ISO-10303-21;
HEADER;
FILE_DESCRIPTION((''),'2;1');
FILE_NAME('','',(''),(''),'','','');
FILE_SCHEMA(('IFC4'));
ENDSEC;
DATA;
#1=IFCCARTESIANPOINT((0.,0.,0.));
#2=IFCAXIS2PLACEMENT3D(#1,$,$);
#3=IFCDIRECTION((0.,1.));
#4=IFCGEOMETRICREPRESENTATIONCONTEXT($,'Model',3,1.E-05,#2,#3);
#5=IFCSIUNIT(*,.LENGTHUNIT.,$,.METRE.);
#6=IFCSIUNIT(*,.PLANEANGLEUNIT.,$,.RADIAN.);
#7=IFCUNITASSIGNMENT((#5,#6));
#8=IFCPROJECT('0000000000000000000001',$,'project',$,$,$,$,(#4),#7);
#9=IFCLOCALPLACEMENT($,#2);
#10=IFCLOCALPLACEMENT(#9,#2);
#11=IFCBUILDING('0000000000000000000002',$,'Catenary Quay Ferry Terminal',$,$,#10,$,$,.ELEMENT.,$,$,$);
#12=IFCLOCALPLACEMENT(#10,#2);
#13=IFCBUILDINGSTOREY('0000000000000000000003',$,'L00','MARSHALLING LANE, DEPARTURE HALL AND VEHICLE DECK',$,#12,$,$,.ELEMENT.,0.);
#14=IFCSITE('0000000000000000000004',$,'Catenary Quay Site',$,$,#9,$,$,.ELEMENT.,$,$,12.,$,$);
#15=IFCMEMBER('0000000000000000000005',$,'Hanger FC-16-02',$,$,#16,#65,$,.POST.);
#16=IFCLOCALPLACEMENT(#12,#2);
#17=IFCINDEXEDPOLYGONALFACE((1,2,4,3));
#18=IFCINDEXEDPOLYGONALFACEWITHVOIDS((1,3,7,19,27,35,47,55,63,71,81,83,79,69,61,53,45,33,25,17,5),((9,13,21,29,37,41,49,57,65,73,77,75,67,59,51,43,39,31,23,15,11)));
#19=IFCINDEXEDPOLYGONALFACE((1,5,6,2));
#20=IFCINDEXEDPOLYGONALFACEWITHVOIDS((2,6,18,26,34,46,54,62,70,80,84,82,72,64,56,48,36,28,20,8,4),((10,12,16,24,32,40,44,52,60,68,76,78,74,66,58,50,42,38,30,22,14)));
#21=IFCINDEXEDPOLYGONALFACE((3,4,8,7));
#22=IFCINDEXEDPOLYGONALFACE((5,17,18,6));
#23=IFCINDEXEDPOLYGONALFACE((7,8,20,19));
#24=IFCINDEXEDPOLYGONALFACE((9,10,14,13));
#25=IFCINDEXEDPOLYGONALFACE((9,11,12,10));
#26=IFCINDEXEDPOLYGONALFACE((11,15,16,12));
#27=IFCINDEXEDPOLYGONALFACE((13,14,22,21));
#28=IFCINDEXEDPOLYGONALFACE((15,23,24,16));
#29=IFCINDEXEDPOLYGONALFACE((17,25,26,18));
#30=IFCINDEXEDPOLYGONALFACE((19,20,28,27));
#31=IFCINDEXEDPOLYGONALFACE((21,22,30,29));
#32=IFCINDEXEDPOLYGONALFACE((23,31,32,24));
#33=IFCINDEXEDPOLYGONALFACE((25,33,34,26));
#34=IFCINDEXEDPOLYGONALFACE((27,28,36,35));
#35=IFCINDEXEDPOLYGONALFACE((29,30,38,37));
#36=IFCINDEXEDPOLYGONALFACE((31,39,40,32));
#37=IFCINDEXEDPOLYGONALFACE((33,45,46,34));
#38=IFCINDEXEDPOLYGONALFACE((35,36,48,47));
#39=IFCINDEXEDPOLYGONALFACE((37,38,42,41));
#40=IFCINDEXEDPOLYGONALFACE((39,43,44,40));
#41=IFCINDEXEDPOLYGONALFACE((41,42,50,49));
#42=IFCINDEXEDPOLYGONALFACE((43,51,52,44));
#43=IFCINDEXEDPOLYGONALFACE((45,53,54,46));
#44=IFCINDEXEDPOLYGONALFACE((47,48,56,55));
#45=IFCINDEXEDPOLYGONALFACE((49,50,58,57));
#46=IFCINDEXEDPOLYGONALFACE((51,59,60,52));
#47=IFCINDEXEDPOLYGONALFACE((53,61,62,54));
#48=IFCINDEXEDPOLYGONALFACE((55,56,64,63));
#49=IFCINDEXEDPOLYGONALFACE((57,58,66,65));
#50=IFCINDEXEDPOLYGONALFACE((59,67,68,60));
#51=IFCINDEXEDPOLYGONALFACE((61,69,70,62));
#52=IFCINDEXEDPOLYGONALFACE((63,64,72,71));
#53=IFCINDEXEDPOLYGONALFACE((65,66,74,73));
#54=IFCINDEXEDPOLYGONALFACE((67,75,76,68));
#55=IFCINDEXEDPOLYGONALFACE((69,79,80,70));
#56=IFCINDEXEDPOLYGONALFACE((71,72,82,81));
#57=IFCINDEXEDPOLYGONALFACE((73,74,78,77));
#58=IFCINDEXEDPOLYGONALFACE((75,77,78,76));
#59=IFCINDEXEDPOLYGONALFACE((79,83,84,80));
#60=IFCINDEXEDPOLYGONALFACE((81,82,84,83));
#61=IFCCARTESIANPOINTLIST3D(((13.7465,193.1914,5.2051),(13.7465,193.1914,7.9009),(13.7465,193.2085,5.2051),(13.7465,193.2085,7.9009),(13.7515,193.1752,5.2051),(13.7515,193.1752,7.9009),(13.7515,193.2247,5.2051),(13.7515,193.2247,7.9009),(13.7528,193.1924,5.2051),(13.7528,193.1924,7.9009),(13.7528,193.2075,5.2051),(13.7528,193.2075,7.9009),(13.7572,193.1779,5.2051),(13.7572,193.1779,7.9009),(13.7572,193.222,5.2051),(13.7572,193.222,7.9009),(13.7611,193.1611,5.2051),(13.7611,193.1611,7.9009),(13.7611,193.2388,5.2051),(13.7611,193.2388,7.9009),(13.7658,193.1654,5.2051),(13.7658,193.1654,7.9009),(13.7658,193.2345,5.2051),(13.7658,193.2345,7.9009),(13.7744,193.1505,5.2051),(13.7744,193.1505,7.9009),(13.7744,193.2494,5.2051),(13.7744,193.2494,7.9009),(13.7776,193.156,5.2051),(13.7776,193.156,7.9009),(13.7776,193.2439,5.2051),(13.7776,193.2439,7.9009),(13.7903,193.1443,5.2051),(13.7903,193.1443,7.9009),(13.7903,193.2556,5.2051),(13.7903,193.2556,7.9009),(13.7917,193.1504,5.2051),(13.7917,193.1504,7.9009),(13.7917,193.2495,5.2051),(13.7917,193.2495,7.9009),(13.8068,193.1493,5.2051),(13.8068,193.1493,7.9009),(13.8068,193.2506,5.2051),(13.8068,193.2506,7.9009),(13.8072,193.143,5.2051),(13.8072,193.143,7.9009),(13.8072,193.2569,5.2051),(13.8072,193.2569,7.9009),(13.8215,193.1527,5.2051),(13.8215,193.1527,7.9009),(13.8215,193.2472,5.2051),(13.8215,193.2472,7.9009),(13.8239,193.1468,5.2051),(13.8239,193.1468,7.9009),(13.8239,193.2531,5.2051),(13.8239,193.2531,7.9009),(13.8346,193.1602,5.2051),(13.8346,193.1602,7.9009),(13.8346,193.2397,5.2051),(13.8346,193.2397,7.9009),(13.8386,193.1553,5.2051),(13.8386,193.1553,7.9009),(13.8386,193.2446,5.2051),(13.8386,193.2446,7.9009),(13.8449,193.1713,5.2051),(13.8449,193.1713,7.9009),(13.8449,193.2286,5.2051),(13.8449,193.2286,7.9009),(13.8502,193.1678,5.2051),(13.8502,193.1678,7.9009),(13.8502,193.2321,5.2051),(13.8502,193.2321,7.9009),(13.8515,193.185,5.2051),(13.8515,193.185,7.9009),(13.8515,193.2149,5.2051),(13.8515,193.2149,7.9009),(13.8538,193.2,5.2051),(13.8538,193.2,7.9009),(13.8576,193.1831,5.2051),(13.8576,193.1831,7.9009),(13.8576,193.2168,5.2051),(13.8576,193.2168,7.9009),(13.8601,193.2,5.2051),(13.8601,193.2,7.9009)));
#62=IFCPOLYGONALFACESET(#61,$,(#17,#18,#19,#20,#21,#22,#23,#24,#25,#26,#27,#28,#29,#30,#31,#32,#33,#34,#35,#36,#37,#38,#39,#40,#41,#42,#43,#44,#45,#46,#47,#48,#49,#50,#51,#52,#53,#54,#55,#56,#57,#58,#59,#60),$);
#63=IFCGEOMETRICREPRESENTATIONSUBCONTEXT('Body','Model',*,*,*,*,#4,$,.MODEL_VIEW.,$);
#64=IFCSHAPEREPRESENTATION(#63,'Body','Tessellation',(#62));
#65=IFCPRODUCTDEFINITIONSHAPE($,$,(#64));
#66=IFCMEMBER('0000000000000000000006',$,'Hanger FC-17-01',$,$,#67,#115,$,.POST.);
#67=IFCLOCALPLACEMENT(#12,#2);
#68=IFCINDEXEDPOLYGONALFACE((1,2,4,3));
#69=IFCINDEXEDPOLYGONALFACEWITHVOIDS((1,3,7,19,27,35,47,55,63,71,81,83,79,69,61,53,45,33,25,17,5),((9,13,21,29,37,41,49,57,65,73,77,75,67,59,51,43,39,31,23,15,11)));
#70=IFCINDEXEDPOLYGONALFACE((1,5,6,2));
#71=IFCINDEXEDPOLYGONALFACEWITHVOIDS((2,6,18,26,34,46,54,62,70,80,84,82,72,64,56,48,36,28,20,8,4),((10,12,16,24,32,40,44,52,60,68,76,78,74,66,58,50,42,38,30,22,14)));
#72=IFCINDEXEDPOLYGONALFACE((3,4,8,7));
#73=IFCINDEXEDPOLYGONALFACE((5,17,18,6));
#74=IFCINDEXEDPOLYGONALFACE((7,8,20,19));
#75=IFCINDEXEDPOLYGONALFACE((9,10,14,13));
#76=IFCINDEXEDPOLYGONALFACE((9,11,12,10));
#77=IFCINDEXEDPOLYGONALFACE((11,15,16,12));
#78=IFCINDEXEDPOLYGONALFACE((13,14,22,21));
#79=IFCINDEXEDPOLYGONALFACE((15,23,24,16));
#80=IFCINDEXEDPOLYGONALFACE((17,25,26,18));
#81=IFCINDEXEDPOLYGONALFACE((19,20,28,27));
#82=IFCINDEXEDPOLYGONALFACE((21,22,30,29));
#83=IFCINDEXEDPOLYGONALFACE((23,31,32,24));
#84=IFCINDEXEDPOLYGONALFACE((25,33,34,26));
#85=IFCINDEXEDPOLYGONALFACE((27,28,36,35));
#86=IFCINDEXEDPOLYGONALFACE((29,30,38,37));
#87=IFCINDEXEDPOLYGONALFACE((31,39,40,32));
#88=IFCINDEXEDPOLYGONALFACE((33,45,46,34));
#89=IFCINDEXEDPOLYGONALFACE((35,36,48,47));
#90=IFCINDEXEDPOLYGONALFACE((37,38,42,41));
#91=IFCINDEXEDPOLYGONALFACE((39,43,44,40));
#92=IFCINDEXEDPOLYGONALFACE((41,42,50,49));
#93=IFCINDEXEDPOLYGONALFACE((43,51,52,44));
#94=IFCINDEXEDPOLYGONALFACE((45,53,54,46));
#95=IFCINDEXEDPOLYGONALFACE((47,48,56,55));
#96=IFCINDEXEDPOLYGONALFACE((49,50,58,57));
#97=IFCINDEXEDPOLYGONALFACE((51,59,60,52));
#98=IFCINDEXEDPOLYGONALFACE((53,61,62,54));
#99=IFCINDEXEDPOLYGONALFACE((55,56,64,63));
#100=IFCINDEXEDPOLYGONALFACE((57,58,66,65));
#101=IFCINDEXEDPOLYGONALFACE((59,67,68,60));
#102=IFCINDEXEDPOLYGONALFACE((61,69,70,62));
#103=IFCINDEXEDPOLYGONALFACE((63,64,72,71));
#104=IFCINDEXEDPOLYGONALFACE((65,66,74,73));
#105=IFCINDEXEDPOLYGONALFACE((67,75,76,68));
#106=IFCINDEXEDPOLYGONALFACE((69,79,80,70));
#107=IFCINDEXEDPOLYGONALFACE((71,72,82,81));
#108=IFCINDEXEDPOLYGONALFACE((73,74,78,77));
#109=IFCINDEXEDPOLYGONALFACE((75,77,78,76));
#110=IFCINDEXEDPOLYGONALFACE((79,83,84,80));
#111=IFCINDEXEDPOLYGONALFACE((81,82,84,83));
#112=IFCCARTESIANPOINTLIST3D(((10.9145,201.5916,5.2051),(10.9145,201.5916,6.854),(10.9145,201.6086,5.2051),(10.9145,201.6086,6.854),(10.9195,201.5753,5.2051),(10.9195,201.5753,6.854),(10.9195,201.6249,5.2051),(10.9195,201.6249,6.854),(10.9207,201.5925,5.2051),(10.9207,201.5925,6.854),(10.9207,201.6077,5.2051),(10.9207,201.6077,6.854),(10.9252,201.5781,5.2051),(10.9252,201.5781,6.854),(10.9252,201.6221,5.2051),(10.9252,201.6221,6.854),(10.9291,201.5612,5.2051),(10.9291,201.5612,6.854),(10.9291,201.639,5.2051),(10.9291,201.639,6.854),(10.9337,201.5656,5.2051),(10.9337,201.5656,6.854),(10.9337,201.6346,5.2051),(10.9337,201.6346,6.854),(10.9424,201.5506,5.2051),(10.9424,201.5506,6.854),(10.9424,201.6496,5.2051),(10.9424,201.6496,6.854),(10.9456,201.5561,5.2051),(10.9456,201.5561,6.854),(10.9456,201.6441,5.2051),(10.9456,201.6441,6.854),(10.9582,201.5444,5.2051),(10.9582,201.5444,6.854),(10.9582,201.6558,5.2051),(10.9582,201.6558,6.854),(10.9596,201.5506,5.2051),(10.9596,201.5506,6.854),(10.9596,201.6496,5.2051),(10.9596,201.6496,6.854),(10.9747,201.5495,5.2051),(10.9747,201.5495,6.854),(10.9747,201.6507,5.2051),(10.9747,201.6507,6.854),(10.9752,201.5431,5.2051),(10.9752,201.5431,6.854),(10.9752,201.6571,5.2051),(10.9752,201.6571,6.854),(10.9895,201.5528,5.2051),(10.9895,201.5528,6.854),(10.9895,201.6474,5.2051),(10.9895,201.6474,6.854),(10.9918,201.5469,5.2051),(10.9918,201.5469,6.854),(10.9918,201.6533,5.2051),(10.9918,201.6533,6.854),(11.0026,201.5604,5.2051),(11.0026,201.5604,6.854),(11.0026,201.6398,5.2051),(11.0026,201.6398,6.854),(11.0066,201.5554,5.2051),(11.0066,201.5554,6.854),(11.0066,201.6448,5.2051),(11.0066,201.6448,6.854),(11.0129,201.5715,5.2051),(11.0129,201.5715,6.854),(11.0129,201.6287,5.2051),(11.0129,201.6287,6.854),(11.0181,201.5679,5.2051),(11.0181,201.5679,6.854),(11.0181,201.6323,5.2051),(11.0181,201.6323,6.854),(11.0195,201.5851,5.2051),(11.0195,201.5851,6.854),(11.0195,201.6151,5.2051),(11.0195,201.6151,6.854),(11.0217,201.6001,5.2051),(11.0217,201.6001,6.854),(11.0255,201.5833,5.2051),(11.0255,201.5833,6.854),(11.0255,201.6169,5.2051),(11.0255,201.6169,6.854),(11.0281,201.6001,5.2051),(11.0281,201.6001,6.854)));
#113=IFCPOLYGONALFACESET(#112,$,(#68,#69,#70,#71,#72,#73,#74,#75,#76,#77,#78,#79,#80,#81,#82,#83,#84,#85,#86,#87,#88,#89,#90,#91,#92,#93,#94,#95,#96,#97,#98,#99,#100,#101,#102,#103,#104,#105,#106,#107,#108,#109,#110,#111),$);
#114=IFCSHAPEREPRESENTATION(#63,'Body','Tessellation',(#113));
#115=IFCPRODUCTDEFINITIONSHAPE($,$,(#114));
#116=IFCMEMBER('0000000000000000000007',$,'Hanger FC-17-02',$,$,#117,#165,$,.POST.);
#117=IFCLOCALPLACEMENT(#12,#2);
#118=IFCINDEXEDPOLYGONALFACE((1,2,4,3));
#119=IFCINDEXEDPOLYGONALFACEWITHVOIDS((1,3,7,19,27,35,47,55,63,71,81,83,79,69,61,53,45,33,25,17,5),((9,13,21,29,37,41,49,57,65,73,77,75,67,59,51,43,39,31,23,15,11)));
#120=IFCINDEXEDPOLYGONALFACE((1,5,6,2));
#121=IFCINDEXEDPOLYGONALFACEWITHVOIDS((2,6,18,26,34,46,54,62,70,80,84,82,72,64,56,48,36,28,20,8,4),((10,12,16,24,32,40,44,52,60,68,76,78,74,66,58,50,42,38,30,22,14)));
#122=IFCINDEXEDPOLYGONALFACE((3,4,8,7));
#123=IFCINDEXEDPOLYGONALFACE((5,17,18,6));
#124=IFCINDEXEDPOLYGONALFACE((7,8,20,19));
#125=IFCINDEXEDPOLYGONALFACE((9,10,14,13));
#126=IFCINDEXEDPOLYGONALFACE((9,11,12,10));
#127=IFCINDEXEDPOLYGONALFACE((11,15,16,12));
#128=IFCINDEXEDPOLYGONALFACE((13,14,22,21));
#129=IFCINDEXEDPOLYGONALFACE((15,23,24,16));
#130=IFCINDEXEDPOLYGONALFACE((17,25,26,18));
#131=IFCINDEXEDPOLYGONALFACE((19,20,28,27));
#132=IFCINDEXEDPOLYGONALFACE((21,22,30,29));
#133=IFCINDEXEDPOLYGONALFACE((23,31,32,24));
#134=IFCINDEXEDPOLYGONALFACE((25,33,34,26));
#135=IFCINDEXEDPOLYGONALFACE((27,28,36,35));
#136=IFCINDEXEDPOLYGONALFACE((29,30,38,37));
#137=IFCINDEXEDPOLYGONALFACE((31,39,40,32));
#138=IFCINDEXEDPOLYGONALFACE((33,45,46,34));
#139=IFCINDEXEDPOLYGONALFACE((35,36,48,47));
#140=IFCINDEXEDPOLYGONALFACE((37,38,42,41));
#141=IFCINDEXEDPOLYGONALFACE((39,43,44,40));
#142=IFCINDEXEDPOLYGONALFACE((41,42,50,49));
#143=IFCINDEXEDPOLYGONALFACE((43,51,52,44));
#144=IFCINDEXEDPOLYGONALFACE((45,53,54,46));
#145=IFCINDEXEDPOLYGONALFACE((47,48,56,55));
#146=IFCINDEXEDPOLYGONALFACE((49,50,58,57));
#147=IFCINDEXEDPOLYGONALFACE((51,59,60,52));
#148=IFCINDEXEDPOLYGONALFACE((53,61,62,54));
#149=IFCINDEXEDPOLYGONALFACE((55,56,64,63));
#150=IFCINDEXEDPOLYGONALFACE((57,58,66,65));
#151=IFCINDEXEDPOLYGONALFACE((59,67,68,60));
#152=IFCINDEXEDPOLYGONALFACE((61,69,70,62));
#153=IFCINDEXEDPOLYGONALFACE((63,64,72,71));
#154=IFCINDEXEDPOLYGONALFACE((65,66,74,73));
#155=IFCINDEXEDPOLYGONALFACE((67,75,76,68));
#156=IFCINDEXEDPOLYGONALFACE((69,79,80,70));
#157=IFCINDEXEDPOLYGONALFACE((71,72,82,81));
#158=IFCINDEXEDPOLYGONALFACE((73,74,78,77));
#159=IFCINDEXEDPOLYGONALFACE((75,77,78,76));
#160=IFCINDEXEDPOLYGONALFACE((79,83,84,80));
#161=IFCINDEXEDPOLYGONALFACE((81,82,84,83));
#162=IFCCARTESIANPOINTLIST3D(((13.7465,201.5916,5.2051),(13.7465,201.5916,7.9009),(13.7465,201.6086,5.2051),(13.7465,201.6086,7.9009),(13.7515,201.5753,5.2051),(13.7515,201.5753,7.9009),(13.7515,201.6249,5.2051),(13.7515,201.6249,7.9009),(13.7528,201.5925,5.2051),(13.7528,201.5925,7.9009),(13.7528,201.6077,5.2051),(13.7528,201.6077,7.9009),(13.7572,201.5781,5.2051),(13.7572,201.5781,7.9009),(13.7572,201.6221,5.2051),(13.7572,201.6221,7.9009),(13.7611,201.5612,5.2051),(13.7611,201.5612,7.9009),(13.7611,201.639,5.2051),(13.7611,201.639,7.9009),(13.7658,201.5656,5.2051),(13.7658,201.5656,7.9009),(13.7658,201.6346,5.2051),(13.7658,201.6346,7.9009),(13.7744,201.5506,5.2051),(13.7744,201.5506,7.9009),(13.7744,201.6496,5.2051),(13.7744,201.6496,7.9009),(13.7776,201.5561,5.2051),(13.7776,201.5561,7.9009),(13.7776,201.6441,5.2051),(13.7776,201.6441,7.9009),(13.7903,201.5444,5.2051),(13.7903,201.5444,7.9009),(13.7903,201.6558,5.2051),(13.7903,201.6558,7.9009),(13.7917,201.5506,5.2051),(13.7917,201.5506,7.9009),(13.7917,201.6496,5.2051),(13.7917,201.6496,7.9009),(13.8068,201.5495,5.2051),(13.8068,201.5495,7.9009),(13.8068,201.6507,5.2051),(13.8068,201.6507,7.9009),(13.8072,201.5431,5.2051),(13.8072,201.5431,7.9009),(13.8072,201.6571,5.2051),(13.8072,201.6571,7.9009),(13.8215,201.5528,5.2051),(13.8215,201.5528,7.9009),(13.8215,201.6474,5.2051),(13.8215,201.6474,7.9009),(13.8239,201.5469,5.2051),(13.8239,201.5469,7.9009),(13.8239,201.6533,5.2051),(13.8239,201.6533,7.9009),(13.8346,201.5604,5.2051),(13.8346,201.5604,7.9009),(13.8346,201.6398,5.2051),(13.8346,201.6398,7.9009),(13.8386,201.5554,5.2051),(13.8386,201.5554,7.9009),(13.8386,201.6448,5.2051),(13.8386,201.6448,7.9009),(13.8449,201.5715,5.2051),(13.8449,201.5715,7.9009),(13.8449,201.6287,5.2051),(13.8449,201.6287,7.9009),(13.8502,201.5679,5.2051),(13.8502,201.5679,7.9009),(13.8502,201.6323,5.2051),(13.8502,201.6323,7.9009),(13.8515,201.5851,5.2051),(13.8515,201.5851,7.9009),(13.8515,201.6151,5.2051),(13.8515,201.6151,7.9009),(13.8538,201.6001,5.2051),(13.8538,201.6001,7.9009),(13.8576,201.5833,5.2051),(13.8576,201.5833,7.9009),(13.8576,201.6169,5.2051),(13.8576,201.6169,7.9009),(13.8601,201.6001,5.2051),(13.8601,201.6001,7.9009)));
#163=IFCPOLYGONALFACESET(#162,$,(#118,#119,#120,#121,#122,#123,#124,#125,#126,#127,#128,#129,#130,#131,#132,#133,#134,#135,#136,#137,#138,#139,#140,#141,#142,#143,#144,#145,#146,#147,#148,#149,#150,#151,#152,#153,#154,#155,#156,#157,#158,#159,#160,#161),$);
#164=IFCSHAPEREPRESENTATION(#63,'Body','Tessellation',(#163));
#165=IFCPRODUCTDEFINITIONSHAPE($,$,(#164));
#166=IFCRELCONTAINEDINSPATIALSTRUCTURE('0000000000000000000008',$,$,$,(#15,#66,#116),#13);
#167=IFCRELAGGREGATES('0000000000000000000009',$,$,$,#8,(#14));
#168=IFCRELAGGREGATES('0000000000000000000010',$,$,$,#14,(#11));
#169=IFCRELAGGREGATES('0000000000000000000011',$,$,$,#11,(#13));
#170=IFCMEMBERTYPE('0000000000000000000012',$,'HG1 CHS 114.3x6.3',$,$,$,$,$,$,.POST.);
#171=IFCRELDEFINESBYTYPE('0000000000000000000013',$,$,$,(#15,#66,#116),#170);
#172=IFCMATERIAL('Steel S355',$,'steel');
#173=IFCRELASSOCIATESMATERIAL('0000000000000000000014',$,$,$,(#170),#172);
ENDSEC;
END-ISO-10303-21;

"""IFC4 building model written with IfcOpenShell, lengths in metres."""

from ifc_helpers import new_model, si_unit, direction, frame, origin, origin_2d, place, context, subcontext, project, spatial, hollow_circle, extrude, material, material_profile, profile_set, type_object, element, save


model = new_model("IFC4")

# Units and contexts
model_context = context("Model", 3, precision=1e-05, world=origin(), true_north=direction((0.0, 1.0)))
body_context = subcontext(model_context, "Body", "Model", "MODEL_VIEW")
ifc_project = project(units=[si_unit("LENGTHUNIT", "METRE"), si_unit("PLANEANGLEUNIT", "RADIAN")], contexts=[model_context])

# Site, building, storey
site_placement = place(None, origin())
site = spatial("IfcSite", under=ifc_project, at=site_placement, Name="Catenary Quay Site", CompositionType="ELEMENT", RefElevation=12.0)
building_placement = place(site_placement, origin())
building = spatial("IfcBuilding", under=site, at=building_placement, Name="Catenary Quay Ferry Terminal", CompositionType="ELEMENT")
storey_placement = place(building_placement, origin())
storey = spatial("IfcBuildingStorey", under=building, at=storey_placement, Name="L00", Description="MARSHALLING LANE, DEPARTURE HALL AND VEHICLE DECK", CompositionType="ELEMENT", Elevation=0.0)

# Members
ifc_material_1 = material(Name="Steel S355", Category="steel")
ifc_material_profile_1 = material_profile(ifc_material_1, hollow_circle(Radius=0.0571, WallThickness=0.0063, at=origin_2d()), Name="CHS 114.3x6.3")
ifc_profile_set_1 = profile_set([ifc_material_profile_1], Name="Steel S355")
member_type_1 = type_object("IfcMemberType", Name="HG1 CHS 114.3x6.3", PredefinedType="POST", material=ifc_profile_set_1)
member_1_placement = place(storey_placement, frame((13.803, 193.2, 5.2051), z_axis=(0.0, 0.0, 1.0), x_axis=(1.0, 0.0, 0.0)))
element("IfcMember", 1, at=member_1_placement, inside=storey, type_object=member_type_1, Name="Hanger FC-16-02", PredefinedType="POST", context=body_context, shape_type="SweptSolid", body=[
    extrude(hollow_circle(Radius=0.0571, WallThickness=0.0063, at=origin_2d()), origin(), (0.0, 0.0, 1.0), 2.6958),
])
member_2_placement = place(storey_placement, frame((10.9709, 201.6001, 5.2051), z_axis=(0.0, 0.0, 1.0), x_axis=(1.0, 0.0, 0.0)))
element("IfcMember", 2, at=member_2_placement, inside=storey, type_object=member_type_1, Name="Hanger FC-17-01", PredefinedType="POST", context=body_context, shape_type="SweptSolid", body=[
    extrude(hollow_circle(Radius=0.0571, WallThickness=0.0063, at=origin_2d()), origin(), (0.0, 0.0, 1.0), 1.6489),
])
member_3_placement = place(storey_placement, frame((13.803, 201.6001, 5.2051), z_axis=(0.0, 0.0, 1.0), x_axis=(1.0, 0.0, 0.0)))
element("IfcMember", 3, at=member_3_placement, inside=storey, type_object=member_type_1, Name="Hanger FC-17-02", PredefinedType="POST", context=body_context, shape_type="SweptSolid", body=[
    extrude(hollow_circle(Radius=0.0571, WallThickness=0.0063, at=origin_2d()), origin(), (0.0, 0.0, 1.0), 2.6958),
])

save(model, "model.ifc")
